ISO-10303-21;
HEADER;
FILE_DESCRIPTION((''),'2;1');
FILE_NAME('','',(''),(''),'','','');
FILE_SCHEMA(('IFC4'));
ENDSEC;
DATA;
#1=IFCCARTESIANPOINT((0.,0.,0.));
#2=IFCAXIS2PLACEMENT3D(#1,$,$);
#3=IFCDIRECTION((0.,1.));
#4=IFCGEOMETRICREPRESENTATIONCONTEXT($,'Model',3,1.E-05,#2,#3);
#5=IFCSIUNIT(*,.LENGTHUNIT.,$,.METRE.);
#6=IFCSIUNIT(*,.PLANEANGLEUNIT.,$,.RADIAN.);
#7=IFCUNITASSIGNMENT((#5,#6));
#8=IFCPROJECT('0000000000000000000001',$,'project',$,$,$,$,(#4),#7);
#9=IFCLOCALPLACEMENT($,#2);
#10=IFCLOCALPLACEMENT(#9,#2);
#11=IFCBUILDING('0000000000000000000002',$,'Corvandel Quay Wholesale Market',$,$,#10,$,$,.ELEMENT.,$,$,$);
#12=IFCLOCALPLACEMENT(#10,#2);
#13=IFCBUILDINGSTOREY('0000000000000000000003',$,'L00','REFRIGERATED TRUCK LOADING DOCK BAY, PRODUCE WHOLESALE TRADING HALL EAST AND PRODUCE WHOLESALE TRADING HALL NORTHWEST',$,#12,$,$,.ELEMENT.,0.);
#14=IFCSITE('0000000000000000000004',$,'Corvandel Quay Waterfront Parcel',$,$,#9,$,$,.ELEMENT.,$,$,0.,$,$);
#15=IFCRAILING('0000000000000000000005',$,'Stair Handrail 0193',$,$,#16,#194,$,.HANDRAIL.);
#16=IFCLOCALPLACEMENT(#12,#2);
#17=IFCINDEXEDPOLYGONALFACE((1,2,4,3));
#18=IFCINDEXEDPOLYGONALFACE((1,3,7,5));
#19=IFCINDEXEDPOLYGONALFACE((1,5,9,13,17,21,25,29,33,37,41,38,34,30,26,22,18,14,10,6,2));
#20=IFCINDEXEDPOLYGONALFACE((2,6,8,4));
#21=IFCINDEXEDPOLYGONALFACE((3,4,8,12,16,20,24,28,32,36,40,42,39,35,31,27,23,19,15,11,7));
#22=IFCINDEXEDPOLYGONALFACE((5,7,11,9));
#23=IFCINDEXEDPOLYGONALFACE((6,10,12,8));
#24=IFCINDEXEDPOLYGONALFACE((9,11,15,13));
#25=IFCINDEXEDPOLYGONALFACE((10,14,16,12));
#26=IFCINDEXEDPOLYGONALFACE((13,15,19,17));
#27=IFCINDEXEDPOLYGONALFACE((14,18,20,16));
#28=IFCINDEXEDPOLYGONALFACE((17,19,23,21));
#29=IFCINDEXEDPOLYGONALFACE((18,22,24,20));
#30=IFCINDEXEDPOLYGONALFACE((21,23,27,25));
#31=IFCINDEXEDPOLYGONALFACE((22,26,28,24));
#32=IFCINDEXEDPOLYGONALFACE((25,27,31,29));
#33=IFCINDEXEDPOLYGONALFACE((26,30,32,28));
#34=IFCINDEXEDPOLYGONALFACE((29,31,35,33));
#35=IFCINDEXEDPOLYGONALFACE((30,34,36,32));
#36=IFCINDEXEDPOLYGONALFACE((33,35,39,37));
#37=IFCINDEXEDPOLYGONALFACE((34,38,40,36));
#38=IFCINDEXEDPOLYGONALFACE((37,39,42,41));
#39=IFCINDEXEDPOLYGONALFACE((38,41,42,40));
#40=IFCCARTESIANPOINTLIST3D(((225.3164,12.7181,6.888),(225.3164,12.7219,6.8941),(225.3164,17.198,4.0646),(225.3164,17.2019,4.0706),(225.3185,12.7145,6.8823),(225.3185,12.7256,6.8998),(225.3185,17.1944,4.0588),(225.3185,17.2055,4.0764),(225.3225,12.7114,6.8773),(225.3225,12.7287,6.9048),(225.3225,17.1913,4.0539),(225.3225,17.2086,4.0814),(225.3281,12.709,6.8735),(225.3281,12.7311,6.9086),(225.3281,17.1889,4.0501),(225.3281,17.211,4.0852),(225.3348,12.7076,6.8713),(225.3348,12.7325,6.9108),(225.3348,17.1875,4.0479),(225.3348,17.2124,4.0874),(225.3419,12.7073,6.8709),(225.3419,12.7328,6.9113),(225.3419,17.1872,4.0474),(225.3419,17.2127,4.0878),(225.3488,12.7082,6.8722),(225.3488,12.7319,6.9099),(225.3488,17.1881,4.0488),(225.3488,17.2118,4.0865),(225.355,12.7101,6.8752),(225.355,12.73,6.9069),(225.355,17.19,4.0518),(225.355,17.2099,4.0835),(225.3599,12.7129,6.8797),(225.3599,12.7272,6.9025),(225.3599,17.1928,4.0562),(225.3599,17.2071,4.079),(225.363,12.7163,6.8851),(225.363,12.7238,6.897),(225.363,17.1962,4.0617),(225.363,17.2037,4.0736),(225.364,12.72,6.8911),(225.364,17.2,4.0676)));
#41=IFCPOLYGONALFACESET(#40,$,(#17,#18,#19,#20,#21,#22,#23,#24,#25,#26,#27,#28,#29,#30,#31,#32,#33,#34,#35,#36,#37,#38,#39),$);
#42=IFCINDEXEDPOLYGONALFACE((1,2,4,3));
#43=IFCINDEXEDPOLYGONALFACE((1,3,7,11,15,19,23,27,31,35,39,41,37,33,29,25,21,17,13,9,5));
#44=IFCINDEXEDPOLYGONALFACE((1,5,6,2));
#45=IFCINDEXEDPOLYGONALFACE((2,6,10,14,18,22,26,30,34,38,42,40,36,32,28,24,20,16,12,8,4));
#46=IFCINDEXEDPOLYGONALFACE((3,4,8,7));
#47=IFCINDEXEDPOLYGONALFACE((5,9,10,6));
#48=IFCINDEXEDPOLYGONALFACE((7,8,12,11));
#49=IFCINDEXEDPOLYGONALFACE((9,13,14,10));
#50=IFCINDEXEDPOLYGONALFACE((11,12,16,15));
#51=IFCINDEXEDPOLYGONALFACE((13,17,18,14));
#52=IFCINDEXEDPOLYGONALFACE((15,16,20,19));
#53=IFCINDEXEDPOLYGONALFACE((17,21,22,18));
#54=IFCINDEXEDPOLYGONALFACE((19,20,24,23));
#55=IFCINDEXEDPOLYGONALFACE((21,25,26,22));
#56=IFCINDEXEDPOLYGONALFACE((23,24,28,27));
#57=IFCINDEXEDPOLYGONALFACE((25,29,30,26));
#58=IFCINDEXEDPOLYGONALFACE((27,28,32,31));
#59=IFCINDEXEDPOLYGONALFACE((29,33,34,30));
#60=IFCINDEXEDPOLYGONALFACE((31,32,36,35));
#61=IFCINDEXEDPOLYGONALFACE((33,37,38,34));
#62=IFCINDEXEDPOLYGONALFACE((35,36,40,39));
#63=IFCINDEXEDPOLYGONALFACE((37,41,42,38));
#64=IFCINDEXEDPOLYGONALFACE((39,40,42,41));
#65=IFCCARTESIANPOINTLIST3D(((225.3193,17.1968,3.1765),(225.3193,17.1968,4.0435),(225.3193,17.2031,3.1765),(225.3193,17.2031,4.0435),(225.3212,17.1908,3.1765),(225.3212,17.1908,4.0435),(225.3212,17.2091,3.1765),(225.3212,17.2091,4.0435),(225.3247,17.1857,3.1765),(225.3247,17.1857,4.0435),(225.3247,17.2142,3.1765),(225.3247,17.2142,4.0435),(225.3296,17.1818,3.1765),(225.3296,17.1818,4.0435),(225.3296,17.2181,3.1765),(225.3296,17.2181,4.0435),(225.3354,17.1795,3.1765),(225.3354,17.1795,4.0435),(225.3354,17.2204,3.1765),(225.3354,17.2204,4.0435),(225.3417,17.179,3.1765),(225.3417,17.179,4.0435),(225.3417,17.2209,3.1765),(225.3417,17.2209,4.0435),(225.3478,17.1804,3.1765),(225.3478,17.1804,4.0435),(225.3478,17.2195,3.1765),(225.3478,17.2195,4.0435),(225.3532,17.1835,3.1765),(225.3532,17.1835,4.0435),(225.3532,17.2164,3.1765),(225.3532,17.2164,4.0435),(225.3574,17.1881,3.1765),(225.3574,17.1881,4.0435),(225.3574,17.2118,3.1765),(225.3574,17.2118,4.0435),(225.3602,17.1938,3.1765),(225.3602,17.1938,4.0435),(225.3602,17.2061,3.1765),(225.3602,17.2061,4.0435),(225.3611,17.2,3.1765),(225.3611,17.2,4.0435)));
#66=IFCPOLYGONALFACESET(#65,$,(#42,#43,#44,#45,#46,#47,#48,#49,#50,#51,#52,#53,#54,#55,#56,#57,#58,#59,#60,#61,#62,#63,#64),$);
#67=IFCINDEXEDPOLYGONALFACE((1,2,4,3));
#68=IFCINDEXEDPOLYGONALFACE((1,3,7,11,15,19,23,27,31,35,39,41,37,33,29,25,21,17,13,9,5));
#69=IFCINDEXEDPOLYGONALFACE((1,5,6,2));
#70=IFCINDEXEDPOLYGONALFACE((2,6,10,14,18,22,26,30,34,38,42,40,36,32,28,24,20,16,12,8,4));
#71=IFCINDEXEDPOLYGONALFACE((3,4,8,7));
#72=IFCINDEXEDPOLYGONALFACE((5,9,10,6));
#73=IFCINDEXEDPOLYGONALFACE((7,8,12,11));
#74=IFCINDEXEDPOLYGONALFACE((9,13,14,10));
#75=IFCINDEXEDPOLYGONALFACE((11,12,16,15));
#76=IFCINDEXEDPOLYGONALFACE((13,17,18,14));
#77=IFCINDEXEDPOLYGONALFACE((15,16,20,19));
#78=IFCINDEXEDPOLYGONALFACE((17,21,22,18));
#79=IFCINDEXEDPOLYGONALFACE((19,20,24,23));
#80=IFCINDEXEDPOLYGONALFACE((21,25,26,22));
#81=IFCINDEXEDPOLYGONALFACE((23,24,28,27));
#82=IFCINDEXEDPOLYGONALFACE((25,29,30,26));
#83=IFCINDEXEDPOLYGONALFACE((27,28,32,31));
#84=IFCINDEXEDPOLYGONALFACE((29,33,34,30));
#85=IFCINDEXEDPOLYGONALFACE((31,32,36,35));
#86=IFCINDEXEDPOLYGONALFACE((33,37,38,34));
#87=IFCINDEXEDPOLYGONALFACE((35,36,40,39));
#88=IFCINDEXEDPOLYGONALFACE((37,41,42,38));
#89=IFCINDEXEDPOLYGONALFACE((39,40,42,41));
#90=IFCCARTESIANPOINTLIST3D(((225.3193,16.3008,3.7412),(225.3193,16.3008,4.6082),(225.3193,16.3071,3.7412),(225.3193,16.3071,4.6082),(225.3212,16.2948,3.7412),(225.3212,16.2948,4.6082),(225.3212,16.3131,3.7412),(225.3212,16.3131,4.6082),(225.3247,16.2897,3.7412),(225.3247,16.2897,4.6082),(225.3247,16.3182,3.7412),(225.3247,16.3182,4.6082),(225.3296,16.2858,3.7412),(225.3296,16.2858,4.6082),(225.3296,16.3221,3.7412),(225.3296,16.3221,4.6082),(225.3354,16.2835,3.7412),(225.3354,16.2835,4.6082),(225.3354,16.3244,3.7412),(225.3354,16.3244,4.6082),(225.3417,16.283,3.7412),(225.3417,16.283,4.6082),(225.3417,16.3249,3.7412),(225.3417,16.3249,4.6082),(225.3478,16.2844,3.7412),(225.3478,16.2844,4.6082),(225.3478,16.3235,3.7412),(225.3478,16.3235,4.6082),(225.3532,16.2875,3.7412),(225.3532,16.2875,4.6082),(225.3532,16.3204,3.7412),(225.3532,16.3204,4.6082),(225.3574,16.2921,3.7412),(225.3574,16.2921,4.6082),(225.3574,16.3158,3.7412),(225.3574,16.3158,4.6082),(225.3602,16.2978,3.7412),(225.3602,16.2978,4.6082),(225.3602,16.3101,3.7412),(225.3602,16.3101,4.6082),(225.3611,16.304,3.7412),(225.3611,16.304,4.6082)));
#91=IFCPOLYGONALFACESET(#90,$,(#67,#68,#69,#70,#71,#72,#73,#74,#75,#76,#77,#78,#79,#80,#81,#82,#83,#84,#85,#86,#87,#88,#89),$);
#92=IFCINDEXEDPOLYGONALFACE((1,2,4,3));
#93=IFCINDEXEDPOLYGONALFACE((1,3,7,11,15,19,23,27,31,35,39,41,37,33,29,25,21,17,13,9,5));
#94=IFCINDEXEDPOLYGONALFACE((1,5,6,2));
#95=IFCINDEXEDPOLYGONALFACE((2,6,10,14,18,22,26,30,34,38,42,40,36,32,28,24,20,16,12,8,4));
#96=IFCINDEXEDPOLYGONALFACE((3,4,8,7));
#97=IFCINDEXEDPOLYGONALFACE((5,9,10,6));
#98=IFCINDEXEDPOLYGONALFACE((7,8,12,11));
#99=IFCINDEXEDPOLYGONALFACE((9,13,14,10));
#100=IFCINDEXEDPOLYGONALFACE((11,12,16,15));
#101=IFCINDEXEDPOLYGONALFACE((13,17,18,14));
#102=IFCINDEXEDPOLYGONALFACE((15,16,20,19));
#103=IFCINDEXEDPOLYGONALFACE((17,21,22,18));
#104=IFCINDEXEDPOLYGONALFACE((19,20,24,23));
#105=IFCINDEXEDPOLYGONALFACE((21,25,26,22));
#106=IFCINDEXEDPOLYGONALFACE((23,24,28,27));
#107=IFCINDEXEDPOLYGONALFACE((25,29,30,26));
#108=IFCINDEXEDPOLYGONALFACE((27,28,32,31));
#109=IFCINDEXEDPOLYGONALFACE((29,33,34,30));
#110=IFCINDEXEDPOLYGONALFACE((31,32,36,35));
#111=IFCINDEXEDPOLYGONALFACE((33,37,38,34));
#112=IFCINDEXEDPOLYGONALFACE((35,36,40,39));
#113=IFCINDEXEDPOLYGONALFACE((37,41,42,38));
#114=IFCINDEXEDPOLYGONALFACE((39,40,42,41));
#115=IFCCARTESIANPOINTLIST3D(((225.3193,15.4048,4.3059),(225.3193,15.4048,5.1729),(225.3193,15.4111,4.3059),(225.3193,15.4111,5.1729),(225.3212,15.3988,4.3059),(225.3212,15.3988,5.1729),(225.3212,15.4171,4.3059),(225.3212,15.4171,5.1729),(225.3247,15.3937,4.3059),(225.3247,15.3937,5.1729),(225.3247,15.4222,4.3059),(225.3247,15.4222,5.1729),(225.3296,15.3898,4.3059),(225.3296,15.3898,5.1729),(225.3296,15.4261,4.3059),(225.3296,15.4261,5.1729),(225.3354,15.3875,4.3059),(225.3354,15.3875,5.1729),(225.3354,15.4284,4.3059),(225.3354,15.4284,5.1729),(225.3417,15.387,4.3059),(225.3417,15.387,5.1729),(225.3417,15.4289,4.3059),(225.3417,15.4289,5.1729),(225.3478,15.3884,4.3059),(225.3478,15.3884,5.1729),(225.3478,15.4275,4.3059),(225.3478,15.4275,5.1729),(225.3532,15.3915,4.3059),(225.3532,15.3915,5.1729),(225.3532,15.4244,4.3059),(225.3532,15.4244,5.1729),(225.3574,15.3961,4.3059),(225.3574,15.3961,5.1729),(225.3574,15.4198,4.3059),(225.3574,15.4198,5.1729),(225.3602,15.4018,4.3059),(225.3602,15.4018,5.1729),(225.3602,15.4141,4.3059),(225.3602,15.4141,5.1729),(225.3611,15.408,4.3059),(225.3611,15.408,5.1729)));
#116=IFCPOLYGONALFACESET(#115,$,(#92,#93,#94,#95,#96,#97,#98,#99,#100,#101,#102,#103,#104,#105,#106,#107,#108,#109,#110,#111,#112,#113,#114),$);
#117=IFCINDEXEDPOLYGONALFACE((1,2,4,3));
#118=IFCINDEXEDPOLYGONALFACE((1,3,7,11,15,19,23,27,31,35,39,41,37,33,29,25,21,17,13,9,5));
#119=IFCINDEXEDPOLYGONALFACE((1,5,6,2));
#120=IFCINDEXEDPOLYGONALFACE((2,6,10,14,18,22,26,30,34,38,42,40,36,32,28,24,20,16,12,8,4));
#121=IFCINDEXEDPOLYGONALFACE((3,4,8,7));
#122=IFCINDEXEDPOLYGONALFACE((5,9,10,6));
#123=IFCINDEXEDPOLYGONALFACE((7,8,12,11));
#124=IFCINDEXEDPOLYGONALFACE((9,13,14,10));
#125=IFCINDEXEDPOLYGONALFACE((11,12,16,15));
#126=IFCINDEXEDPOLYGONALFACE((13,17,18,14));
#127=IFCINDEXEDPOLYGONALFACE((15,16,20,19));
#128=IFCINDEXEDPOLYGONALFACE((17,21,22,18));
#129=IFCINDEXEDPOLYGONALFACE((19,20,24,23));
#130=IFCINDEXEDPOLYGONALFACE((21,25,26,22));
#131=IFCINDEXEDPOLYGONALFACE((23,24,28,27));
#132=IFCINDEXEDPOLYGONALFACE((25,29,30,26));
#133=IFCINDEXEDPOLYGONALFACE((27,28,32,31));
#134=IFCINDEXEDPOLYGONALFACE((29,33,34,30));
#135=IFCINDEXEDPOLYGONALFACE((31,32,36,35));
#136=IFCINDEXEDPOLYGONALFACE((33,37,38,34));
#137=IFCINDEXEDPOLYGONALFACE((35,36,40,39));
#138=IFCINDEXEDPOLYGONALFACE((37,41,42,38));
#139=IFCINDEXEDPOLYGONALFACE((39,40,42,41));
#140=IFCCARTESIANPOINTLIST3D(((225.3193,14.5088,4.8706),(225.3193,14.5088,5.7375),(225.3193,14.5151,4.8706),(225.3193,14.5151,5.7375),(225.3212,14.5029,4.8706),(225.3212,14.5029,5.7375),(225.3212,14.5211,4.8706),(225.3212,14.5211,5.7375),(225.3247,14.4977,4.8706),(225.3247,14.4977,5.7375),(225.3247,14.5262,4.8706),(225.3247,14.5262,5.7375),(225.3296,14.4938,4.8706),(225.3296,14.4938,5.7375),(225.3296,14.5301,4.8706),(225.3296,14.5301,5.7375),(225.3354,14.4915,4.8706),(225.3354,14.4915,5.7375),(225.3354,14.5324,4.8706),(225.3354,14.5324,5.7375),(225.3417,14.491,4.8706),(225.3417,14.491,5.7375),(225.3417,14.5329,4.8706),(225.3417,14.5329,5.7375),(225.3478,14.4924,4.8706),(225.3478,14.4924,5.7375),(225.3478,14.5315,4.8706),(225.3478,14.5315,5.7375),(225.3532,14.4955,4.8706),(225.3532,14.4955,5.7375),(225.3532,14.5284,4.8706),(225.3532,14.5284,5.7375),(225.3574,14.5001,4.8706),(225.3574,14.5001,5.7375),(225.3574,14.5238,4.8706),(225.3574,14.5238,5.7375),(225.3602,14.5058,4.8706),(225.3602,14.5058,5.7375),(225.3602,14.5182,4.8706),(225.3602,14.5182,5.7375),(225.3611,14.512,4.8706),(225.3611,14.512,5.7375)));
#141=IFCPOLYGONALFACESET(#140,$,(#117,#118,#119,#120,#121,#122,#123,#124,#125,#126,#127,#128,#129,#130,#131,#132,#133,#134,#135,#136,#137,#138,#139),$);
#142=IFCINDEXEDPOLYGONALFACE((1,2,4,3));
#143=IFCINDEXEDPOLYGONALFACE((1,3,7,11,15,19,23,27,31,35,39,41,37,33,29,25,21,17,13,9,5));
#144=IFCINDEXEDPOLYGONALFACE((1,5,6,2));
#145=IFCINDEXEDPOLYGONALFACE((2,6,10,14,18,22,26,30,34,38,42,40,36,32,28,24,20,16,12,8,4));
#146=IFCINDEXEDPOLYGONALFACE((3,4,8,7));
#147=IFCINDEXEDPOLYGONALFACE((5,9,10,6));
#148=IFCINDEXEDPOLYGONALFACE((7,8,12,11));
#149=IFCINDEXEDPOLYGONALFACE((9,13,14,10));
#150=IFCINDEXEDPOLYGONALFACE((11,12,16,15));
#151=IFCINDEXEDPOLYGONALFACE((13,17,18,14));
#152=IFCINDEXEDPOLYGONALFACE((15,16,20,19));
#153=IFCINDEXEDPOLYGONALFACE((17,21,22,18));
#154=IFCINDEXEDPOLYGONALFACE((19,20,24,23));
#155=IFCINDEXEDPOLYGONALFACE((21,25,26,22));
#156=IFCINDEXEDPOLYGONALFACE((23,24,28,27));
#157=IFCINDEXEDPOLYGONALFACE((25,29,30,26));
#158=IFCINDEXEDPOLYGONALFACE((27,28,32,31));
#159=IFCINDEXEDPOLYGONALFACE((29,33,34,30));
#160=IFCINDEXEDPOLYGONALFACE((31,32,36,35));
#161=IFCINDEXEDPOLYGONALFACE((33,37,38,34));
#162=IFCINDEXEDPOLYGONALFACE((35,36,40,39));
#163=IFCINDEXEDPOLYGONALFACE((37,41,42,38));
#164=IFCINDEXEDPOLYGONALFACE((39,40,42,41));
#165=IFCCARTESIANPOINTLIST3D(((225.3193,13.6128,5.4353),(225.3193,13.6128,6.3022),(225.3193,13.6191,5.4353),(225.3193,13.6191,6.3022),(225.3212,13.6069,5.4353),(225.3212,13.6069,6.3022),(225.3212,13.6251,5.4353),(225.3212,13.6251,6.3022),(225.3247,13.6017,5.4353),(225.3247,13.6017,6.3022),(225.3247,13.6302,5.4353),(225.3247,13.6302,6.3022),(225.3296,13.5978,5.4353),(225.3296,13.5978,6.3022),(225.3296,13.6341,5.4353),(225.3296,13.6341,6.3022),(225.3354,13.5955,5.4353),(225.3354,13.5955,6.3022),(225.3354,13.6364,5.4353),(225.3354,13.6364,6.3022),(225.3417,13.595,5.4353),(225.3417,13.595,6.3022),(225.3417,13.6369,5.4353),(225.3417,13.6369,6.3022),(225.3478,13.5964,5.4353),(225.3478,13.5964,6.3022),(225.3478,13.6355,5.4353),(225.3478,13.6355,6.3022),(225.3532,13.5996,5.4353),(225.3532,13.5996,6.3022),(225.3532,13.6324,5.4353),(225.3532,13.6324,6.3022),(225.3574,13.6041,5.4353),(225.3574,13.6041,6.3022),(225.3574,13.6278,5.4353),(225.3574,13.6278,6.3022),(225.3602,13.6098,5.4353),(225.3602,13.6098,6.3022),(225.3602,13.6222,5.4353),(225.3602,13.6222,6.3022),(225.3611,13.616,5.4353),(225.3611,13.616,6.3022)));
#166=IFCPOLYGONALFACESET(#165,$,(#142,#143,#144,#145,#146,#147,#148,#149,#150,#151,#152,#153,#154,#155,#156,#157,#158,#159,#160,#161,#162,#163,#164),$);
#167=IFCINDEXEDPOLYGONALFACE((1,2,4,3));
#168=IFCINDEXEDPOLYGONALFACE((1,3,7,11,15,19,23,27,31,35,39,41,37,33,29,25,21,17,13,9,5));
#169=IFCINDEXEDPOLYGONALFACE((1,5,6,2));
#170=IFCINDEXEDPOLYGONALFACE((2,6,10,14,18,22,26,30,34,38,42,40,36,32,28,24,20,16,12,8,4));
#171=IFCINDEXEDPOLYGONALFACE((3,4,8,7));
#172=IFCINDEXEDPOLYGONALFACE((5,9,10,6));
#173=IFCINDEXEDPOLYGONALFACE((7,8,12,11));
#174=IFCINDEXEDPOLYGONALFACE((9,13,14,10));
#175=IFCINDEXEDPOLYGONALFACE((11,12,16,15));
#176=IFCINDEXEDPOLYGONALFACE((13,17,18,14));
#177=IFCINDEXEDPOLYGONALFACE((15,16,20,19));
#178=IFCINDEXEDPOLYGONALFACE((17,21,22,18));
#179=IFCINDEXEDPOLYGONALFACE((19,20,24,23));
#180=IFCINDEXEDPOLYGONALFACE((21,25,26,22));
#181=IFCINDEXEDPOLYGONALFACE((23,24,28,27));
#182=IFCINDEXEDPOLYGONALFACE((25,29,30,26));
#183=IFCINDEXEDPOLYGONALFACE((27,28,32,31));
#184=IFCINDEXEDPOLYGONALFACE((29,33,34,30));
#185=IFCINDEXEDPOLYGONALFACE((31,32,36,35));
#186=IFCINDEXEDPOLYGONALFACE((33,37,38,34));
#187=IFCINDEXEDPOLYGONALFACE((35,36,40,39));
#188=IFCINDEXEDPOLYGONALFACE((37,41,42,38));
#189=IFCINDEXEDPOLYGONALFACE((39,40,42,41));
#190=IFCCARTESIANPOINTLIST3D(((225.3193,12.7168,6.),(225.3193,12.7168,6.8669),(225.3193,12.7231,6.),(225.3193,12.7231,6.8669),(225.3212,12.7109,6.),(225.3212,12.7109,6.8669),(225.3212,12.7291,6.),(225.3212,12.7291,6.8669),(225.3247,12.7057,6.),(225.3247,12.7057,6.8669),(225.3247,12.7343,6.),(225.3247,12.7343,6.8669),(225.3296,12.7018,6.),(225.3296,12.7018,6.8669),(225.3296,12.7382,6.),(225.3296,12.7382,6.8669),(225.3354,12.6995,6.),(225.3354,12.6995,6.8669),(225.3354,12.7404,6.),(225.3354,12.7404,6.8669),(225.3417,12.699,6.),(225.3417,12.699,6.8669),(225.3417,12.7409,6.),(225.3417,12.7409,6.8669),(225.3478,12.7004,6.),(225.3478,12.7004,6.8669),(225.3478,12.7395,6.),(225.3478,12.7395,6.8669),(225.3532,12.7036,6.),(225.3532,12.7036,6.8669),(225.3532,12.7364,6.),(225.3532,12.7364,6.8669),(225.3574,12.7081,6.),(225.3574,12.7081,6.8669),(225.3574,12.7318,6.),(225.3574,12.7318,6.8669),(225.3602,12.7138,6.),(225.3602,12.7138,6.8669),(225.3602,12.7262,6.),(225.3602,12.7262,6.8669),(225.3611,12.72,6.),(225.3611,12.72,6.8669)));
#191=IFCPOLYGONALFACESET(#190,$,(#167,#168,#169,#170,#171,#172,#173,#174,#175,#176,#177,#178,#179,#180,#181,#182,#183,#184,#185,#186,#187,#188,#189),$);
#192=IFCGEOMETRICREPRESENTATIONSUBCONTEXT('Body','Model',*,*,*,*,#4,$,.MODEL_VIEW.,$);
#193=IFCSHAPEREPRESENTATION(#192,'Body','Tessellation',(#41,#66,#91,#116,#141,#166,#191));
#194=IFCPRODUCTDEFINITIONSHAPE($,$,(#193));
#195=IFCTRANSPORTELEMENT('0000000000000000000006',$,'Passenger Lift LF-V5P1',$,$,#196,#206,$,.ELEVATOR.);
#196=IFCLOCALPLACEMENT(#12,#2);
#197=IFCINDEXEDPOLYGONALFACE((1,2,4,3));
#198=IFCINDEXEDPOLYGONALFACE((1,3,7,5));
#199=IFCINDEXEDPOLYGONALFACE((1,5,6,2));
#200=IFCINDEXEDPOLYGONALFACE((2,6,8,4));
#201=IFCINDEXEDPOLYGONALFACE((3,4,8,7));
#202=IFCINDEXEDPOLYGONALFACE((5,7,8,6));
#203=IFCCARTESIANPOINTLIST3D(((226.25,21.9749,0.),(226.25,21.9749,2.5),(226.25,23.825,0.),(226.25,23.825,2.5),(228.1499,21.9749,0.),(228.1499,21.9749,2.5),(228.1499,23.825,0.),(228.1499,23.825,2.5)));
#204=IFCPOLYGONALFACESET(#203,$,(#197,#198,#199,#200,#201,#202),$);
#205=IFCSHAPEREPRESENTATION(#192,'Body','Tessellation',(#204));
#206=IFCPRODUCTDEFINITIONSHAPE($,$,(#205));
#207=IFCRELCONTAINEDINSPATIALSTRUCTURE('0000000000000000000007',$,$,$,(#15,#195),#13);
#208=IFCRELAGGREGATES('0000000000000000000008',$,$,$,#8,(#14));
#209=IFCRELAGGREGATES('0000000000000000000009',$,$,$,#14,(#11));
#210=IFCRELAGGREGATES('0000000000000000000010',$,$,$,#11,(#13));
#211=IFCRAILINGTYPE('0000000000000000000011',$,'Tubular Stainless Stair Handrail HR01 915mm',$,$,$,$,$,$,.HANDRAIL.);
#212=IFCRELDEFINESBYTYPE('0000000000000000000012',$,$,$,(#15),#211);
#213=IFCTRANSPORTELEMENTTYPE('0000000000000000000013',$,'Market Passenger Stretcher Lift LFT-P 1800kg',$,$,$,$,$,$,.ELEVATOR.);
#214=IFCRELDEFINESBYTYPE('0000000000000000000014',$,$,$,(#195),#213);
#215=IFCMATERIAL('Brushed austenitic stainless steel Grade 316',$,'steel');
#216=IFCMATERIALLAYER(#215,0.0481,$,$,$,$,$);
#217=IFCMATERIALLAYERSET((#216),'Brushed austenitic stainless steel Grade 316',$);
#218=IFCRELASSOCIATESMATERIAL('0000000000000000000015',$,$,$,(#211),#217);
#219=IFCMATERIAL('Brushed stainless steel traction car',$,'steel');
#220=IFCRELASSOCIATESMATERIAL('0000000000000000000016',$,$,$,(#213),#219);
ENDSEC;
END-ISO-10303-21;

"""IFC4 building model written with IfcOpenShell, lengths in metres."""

from ifc_helpers import new_model, si_unit, direction, frame, origin, origin_2d, place, context, subcontext, project, spatial, rectangle, circle, extrude, material, layer, layer_set, type_object, element, save


model = new_model("IFC4")

# Units and contexts
model_context = context("Model", 3, precision=1e-05, world=origin(), true_north=direction((0.0, 1.0)))
body_context = subcontext(model_context, "Body", "Model", "MODEL_VIEW")
ifc_project = project(units=[si_unit("LENGTHUNIT", "METRE"), si_unit("PLANEANGLEUNIT", "RADIAN")], contexts=[model_context])

# Site, building, storey
site_placement = place(None, origin())
site = spatial("IfcSite", under=ifc_project, at=site_placement, Name="Corvandel Quay Waterfront Parcel", CompositionType="ELEMENT", RefElevation=0.0)
building_placement = place(site_placement, origin())
building = spatial("IfcBuilding", under=site, at=building_placement, Name="Corvandel Quay Wholesale Market", CompositionType="ELEMENT")
storey_placement = place(building_placement, origin())
storey = spatial("IfcBuildingStorey", under=building, at=storey_placement, Name="L00", Description="REFRIGERATED TRUCK LOADING DOCK BAY, PRODUCE WHOLESALE TRADING HALL EAST AND PRODUCE WHOLESALE TRADING HALL NORTHWEST", CompositionType="ELEMENT", Elevation=0.0)

# Railing
ifc_material_1 = material(Name="Brushed austenitic stainless steel Grade 316", Category="steel")
ifc_layer_1 = layer(ifc_material_1, 0.0481)
ifc_layer_set_1 = layer_set([ifc_layer_1], Name="Brushed austenitic stainless steel Grade 316")
railing_type = type_object("IfcRailingType", Name="Tubular Stainless Stair Handrail HR01 915mm", PredefinedType="HANDRAIL", material=ifc_layer_set_1)
railing_placement = place(storey_placement, frame((225.3401, 17.2, 3.1765)))
element("IfcRailing", 1, at=railing_placement, inside=storey, type_object=railing_type, Name="Stair Handrail 0193", PredefinedType="HANDRAIL", context=body_context, shape_type="SweptSolid", body=[
    extrude(circle(Radius=0.0239, at=origin_2d()), frame((0.0, 0.0, 0.8911), z_axis=(0.0, -0.845998, 0.533186), x_axis=(1.0, 0.0, 0.0)), (0.0, 0.0, 1.0), 5.2954),
    extrude(circle(Radius=0.021, at=origin_2d()), origin(), (0.0, 0.0, 1.0), 0.8669),
    extrude(circle(Radius=0.021, at=origin_2d()), frame((0.0, -0.896, 0.5647)), (0.0, 0.0, 1.0), 0.8669),
    extrude(circle(Radius=0.021, at=origin_2d()), frame((0.0, -1.792, 1.1294)), (0.0, 0.0, 1.0), 0.8669),
    extrude(circle(Radius=0.021, at=origin_2d()), frame((0.0, -2.688, 1.6941)), (0.0, 0.0, 1.0), 0.8669),
    extrude(circle(Radius=0.021, at=origin_2d()), frame((0.0, -3.584, 2.2588)), (0.0, 0.0, 1.0), 0.8669),
    extrude(circle(Radius=0.021, at=origin_2d()), frame((0.0, -4.48, 2.8235)), (0.0, 0.0, 1.0), 0.8669),
])

# Transport element
ifc_material_2 = material(Name="Brushed stainless steel traction car", Category="steel")
transport_element_type = type_object("IfcTransportElementType", Name="Market Passenger Stretcher Lift LFT-P 1800kg", PredefinedType="ELEVATOR", material=ifc_material_2)
transport_element_placement = place(storey_placement, frame((227.2, 22.8999, 0.0), z_axis=(0.0, 0.0, 1.0), x_axis=(1.0, 0.0, 0.0)))
element("IfcTransportElement", 2, at=transport_element_placement, inside=storey, type_object=transport_element_type, Name="Passenger Lift LF-V5P1", PredefinedType="ELEVATOR", context=body_context, shape_type="SweptSolid", body=[
    extrude(rectangle(XDim=1.8999, YDim=1.8501, at=origin_2d()), origin(), (0.0, 0.0, 1.0), 2.5),
])

save(model, "model.ifc")
